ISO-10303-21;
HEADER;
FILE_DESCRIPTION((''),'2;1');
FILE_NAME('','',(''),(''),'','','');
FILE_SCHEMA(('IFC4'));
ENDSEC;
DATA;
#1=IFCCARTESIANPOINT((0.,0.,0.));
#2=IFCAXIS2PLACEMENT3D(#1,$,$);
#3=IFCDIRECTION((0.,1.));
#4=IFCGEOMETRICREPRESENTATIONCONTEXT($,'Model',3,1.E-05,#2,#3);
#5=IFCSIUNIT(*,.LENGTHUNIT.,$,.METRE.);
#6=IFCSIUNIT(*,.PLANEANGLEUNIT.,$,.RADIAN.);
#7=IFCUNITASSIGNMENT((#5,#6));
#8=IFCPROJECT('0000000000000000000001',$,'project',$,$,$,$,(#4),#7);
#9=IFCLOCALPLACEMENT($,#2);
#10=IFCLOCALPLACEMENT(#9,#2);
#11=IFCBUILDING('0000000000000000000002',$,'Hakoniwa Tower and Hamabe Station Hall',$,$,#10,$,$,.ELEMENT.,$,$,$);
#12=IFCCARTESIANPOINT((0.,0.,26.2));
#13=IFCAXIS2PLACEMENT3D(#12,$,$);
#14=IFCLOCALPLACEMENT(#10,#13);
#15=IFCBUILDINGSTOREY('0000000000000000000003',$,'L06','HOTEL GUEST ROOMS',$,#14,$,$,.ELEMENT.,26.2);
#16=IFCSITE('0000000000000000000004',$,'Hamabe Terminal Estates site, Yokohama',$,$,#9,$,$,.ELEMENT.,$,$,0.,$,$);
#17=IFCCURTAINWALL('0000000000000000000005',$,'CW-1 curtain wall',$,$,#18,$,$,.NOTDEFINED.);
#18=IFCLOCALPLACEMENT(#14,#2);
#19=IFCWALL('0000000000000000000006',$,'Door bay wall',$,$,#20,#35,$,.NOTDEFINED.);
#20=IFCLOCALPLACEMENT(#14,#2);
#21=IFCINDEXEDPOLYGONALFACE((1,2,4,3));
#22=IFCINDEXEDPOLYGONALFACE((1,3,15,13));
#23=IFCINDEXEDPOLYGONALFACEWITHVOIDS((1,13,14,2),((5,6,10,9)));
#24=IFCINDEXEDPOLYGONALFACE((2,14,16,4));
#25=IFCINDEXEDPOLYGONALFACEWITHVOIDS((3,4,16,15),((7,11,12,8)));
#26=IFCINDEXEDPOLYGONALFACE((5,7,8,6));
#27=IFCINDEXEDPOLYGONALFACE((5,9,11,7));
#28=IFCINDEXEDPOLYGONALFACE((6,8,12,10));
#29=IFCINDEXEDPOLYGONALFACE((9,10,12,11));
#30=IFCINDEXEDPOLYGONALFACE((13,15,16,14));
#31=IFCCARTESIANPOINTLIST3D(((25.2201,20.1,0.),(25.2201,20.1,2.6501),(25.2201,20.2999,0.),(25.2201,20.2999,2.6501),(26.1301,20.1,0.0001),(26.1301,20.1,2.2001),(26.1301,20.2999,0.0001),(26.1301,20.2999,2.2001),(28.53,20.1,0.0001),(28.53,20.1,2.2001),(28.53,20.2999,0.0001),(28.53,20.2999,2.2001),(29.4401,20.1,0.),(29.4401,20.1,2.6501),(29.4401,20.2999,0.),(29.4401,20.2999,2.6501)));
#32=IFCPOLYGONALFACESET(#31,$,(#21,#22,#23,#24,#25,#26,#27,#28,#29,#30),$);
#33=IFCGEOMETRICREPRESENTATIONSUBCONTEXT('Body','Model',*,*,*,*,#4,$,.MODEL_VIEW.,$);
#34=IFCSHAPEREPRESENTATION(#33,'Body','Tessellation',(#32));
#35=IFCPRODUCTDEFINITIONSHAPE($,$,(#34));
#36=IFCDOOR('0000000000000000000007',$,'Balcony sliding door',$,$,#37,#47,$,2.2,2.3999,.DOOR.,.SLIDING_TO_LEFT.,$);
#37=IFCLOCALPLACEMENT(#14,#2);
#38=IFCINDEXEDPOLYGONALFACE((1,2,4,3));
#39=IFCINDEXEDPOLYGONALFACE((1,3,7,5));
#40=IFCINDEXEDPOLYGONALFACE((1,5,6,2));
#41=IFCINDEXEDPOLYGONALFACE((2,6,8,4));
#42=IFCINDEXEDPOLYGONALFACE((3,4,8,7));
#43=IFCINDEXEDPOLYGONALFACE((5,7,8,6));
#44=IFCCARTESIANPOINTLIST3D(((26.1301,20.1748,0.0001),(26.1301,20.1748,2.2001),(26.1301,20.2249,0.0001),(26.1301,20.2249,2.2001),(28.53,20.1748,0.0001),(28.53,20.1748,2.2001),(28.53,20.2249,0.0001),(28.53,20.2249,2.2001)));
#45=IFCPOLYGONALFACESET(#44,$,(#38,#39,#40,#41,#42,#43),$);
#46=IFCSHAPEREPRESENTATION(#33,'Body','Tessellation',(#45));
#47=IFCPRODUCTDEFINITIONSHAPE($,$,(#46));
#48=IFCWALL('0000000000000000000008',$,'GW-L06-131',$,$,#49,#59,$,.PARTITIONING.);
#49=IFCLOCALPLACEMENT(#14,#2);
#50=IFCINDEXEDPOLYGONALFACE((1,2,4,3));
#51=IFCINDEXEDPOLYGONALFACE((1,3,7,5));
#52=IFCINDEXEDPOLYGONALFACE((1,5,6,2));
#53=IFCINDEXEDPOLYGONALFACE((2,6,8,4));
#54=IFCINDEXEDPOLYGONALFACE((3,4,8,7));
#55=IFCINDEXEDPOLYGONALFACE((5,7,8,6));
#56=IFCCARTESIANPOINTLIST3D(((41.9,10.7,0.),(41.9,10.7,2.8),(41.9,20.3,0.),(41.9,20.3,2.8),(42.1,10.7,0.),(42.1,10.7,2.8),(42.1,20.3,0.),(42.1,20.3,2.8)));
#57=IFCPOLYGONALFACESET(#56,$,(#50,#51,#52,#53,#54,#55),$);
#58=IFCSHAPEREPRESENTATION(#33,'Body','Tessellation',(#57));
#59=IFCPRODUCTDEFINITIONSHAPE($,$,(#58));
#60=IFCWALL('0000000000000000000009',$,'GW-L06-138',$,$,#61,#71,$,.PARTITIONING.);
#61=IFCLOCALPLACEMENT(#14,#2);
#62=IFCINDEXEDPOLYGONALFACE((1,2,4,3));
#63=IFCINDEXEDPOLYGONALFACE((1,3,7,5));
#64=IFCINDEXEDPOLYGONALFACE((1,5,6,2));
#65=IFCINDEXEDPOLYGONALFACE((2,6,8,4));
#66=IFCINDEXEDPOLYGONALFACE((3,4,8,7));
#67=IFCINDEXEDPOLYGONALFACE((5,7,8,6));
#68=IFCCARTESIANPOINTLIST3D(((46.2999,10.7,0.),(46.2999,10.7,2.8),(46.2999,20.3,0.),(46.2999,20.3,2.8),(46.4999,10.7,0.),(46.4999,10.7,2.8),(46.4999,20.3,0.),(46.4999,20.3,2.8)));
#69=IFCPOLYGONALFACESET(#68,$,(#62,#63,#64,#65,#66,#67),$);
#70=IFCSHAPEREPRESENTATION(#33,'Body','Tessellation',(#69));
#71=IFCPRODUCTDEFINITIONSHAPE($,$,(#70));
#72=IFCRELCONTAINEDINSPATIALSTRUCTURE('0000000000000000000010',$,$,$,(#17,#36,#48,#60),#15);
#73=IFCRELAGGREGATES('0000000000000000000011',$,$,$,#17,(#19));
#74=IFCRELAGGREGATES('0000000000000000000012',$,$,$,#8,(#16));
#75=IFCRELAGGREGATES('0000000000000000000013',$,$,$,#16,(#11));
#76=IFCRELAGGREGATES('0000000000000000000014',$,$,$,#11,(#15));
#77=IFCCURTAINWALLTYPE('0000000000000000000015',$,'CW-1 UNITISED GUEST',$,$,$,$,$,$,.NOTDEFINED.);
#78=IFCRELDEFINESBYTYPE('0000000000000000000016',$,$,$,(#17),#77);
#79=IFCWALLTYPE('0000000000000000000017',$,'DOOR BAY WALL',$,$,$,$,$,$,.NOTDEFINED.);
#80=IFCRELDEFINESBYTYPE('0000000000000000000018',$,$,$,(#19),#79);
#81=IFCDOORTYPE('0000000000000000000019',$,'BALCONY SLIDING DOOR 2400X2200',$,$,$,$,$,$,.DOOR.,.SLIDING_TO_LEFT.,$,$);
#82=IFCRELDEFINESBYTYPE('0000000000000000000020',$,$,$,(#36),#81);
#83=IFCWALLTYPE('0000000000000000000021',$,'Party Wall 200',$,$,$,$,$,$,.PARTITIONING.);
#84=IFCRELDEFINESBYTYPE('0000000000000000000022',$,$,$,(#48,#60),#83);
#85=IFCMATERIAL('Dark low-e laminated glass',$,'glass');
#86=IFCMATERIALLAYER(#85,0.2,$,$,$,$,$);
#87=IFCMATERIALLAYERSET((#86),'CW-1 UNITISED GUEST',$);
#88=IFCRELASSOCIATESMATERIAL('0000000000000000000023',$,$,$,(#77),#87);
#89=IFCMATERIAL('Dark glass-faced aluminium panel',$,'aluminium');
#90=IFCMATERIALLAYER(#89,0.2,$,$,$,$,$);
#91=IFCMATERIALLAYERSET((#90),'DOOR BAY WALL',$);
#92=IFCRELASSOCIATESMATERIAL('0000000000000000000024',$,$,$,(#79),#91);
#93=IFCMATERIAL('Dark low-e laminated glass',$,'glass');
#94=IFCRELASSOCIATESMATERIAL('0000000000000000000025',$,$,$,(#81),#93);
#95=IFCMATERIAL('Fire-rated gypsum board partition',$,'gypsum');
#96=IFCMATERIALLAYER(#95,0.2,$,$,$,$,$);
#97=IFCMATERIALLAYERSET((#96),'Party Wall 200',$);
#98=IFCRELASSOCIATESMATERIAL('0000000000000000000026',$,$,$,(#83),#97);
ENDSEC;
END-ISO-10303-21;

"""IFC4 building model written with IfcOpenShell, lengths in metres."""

from ifc_helpers import new_model, si_unit, direction, frame, frame_2d, origin, place, context, subcontext, project, spatial, rectangle, extrude, material, layer, layer_set, type_object, element, fill, aggregate, save


model = new_model("IFC4")

# Units and contexts
model_context = context("Model", 3, precision=1e-05, world=origin(), true_north=direction((0.0, 1.0)))
body_context = subcontext(model_context, "Body", "Model", "MODEL_VIEW")
ifc_project = project(units=[si_unit("LENGTHUNIT", "METRE"), si_unit("PLANEANGLEUNIT", "RADIAN")], contexts=[model_context])

# Site, building, storey
site_placement = place(None, origin())
site = spatial("IfcSite", under=ifc_project, at=site_placement, Name="Hamabe Terminal Estates site, Yokohama", CompositionType="ELEMENT", RefElevation=0.0)
building_placement = place(site_placement, origin())
building = spatial("IfcBuilding", under=site, at=building_placement, Name="Hakoniwa Tower and Hamabe Station Hall", CompositionType="ELEMENT")
storey_placement = place(building_placement, frame((0.0, 0.0, 26.2)))
storey = spatial("IfcBuildingStorey", under=building, at=storey_placement, Name="L06", Description="HOTEL GUEST ROOMS", CompositionType="ELEMENT", Elevation=26.2)

# Curtain wall
ifc_material_1 = material(Name="Dark low-e laminated glass", Category="glass")
ifc_layer_1 = layer(ifc_material_1, 0.2)
ifc_layer_set_1 = layer_set([ifc_layer_1], Name="CW-1 UNITISED GUEST")
curtain_wall_type = type_object("IfcCurtainWallType", Name="CW-1 UNITISED GUEST", PredefinedType="NOTDEFINED", material=ifc_layer_set_1)
curtain_wall_1_placement = place(storey_placement, origin())
curtain_wall_1 = element("IfcCurtainWall", 1, at=curtain_wall_1_placement, inside=storey, type_object=curtain_wall_type, Name="CW-1 curtain wall", PredefinedType="NOTDEFINED")

# Wall, opening, door
ifc_material_2 = material(Name="Dark glass-faced aluminium panel", Category="aluminium")
ifc_layer_2 = layer(ifc_material_2, 0.2)
ifc_layer_set_2 = layer_set([ifc_layer_2], Name="DOOR BAY WALL")
wall_type_1 = type_object("IfcWallType", Name="DOOR BAY WALL", PredefinedType="NOTDEFINED", material=ifc_layer_set_2)
ifc_material_3 = material(Name="Dark low-e laminated glass", Category="glass")
door_type_1 = type_object("IfcDoorType", Name="BALCONY SLIDING DOOR 2400X2200", OperationType="SLIDING_TO_LEFT", PredefinedType="DOOR", material=ifc_material_3)
wall_1_placement = place(storey_placement, frame((29.4399, 20.2, 0.0), z_axis=(0.0, 0.0, 1.0), x_axis=(-1.0, 0.0, 0.0)))
wall_1 = element("IfcWall", 2, at=wall_1_placement, type_object=wall_type_1, Name="Door bay wall", PredefinedType="NOTDEFINED", context=body_context, shape_type="SweptSolid", body=[
    extrude(rectangle(XDim=4.22, YDim=0.2, at=frame_2d((2.1099, 0.0))), origin(), (0.0, 0.0, 1.0), 2.6501),
])
opening_1_placement = place(wall_1_placement, frame((0.9099, 0.0, 0.0)))
opening_1 = element("IfcOpeningElement", 3, at=opening_1_placement, cuts=wall_1, PredefinedType="OPENING", context=body_context, shape_type="SweptSolid", body=[
    extrude(rectangle(XDim=2.3999, YDim=2.2, at=frame_2d((1.2, 1.1001))), frame((0.0, 0.1099, 0.0), z_axis=(0.0, -1.0, 0.0), x_axis=(1.0, 0.0, 0.0)), (0.0, 0.0, 1.0), 0.22),
])
door_1_placement = place(opening_1_placement, frame((2.3999, 0.0, 0.0), z_axis=(0.0, 0.0, 1.0), x_axis=(-1.0, 0.0, 0.0)))
door_1 = element("IfcDoor", 4, at=door_1_placement, inside=storey, type_object=door_type_1, Name="Balcony sliding door", OperationType="SLIDING_TO_LEFT", OverallHeight=2.2, OverallWidth=2.3999, PredefinedType="DOOR", context=body_context, shape_type="SweptSolid", body=[
    extrude(rectangle(XDim=2.3999, YDim=2.2, at=frame_2d((1.2, 1.1001))), frame((0.0, 0.0249, 0.0), z_axis=(0.0, -1.0, 0.0), x_axis=(1.0, 0.0, 0.0)), (0.0, 0.0, 1.0), 0.05),
])
fill(opening_1, door_1)
aggregate(curtain_wall_1, [wall_1])

# Walls
ifc_material_4 = material(Name="Fire-rated gypsum board partition", Category="gypsum")
ifc_layer_3 = layer(ifc_material_4, 0.2)
ifc_layer_set_3 = layer_set([ifc_layer_3], Name="Party Wall 200")
wall_type_2 = type_object("IfcWallType", Name="Party Wall 200", PredefinedType="PARTITIONING", material=ifc_layer_set_3)
for number, where, z_axis, x_axis, name in (
    (5, (42.0, 10.7, 0.0), (0.0, 0.0, 1.0), (0.0, 1.0, 0.0), "GW-L06-131"),
    (6, (46.3999, 10.7, 0.0), (0.0, 0.0, 1.0), (0.0, 1.0, 0.0), "GW-L06-138"),
):
    element("IfcWall", number, at=place(storey_placement, frame(where, z_axis=z_axis, x_axis=x_axis)), inside=storey, type_object=wall_type_2, Name=name, PredefinedType="PARTITIONING", context=body_context, shape_type="SweptSolid", body=[
        extrude(rectangle(XDim=9.6001, YDim=0.2, at=frame_2d((4.8, 0.0))), origin(), (0.0, 0.0, 1.0), 2.8),
    ])

save(model, "model.ifc")
